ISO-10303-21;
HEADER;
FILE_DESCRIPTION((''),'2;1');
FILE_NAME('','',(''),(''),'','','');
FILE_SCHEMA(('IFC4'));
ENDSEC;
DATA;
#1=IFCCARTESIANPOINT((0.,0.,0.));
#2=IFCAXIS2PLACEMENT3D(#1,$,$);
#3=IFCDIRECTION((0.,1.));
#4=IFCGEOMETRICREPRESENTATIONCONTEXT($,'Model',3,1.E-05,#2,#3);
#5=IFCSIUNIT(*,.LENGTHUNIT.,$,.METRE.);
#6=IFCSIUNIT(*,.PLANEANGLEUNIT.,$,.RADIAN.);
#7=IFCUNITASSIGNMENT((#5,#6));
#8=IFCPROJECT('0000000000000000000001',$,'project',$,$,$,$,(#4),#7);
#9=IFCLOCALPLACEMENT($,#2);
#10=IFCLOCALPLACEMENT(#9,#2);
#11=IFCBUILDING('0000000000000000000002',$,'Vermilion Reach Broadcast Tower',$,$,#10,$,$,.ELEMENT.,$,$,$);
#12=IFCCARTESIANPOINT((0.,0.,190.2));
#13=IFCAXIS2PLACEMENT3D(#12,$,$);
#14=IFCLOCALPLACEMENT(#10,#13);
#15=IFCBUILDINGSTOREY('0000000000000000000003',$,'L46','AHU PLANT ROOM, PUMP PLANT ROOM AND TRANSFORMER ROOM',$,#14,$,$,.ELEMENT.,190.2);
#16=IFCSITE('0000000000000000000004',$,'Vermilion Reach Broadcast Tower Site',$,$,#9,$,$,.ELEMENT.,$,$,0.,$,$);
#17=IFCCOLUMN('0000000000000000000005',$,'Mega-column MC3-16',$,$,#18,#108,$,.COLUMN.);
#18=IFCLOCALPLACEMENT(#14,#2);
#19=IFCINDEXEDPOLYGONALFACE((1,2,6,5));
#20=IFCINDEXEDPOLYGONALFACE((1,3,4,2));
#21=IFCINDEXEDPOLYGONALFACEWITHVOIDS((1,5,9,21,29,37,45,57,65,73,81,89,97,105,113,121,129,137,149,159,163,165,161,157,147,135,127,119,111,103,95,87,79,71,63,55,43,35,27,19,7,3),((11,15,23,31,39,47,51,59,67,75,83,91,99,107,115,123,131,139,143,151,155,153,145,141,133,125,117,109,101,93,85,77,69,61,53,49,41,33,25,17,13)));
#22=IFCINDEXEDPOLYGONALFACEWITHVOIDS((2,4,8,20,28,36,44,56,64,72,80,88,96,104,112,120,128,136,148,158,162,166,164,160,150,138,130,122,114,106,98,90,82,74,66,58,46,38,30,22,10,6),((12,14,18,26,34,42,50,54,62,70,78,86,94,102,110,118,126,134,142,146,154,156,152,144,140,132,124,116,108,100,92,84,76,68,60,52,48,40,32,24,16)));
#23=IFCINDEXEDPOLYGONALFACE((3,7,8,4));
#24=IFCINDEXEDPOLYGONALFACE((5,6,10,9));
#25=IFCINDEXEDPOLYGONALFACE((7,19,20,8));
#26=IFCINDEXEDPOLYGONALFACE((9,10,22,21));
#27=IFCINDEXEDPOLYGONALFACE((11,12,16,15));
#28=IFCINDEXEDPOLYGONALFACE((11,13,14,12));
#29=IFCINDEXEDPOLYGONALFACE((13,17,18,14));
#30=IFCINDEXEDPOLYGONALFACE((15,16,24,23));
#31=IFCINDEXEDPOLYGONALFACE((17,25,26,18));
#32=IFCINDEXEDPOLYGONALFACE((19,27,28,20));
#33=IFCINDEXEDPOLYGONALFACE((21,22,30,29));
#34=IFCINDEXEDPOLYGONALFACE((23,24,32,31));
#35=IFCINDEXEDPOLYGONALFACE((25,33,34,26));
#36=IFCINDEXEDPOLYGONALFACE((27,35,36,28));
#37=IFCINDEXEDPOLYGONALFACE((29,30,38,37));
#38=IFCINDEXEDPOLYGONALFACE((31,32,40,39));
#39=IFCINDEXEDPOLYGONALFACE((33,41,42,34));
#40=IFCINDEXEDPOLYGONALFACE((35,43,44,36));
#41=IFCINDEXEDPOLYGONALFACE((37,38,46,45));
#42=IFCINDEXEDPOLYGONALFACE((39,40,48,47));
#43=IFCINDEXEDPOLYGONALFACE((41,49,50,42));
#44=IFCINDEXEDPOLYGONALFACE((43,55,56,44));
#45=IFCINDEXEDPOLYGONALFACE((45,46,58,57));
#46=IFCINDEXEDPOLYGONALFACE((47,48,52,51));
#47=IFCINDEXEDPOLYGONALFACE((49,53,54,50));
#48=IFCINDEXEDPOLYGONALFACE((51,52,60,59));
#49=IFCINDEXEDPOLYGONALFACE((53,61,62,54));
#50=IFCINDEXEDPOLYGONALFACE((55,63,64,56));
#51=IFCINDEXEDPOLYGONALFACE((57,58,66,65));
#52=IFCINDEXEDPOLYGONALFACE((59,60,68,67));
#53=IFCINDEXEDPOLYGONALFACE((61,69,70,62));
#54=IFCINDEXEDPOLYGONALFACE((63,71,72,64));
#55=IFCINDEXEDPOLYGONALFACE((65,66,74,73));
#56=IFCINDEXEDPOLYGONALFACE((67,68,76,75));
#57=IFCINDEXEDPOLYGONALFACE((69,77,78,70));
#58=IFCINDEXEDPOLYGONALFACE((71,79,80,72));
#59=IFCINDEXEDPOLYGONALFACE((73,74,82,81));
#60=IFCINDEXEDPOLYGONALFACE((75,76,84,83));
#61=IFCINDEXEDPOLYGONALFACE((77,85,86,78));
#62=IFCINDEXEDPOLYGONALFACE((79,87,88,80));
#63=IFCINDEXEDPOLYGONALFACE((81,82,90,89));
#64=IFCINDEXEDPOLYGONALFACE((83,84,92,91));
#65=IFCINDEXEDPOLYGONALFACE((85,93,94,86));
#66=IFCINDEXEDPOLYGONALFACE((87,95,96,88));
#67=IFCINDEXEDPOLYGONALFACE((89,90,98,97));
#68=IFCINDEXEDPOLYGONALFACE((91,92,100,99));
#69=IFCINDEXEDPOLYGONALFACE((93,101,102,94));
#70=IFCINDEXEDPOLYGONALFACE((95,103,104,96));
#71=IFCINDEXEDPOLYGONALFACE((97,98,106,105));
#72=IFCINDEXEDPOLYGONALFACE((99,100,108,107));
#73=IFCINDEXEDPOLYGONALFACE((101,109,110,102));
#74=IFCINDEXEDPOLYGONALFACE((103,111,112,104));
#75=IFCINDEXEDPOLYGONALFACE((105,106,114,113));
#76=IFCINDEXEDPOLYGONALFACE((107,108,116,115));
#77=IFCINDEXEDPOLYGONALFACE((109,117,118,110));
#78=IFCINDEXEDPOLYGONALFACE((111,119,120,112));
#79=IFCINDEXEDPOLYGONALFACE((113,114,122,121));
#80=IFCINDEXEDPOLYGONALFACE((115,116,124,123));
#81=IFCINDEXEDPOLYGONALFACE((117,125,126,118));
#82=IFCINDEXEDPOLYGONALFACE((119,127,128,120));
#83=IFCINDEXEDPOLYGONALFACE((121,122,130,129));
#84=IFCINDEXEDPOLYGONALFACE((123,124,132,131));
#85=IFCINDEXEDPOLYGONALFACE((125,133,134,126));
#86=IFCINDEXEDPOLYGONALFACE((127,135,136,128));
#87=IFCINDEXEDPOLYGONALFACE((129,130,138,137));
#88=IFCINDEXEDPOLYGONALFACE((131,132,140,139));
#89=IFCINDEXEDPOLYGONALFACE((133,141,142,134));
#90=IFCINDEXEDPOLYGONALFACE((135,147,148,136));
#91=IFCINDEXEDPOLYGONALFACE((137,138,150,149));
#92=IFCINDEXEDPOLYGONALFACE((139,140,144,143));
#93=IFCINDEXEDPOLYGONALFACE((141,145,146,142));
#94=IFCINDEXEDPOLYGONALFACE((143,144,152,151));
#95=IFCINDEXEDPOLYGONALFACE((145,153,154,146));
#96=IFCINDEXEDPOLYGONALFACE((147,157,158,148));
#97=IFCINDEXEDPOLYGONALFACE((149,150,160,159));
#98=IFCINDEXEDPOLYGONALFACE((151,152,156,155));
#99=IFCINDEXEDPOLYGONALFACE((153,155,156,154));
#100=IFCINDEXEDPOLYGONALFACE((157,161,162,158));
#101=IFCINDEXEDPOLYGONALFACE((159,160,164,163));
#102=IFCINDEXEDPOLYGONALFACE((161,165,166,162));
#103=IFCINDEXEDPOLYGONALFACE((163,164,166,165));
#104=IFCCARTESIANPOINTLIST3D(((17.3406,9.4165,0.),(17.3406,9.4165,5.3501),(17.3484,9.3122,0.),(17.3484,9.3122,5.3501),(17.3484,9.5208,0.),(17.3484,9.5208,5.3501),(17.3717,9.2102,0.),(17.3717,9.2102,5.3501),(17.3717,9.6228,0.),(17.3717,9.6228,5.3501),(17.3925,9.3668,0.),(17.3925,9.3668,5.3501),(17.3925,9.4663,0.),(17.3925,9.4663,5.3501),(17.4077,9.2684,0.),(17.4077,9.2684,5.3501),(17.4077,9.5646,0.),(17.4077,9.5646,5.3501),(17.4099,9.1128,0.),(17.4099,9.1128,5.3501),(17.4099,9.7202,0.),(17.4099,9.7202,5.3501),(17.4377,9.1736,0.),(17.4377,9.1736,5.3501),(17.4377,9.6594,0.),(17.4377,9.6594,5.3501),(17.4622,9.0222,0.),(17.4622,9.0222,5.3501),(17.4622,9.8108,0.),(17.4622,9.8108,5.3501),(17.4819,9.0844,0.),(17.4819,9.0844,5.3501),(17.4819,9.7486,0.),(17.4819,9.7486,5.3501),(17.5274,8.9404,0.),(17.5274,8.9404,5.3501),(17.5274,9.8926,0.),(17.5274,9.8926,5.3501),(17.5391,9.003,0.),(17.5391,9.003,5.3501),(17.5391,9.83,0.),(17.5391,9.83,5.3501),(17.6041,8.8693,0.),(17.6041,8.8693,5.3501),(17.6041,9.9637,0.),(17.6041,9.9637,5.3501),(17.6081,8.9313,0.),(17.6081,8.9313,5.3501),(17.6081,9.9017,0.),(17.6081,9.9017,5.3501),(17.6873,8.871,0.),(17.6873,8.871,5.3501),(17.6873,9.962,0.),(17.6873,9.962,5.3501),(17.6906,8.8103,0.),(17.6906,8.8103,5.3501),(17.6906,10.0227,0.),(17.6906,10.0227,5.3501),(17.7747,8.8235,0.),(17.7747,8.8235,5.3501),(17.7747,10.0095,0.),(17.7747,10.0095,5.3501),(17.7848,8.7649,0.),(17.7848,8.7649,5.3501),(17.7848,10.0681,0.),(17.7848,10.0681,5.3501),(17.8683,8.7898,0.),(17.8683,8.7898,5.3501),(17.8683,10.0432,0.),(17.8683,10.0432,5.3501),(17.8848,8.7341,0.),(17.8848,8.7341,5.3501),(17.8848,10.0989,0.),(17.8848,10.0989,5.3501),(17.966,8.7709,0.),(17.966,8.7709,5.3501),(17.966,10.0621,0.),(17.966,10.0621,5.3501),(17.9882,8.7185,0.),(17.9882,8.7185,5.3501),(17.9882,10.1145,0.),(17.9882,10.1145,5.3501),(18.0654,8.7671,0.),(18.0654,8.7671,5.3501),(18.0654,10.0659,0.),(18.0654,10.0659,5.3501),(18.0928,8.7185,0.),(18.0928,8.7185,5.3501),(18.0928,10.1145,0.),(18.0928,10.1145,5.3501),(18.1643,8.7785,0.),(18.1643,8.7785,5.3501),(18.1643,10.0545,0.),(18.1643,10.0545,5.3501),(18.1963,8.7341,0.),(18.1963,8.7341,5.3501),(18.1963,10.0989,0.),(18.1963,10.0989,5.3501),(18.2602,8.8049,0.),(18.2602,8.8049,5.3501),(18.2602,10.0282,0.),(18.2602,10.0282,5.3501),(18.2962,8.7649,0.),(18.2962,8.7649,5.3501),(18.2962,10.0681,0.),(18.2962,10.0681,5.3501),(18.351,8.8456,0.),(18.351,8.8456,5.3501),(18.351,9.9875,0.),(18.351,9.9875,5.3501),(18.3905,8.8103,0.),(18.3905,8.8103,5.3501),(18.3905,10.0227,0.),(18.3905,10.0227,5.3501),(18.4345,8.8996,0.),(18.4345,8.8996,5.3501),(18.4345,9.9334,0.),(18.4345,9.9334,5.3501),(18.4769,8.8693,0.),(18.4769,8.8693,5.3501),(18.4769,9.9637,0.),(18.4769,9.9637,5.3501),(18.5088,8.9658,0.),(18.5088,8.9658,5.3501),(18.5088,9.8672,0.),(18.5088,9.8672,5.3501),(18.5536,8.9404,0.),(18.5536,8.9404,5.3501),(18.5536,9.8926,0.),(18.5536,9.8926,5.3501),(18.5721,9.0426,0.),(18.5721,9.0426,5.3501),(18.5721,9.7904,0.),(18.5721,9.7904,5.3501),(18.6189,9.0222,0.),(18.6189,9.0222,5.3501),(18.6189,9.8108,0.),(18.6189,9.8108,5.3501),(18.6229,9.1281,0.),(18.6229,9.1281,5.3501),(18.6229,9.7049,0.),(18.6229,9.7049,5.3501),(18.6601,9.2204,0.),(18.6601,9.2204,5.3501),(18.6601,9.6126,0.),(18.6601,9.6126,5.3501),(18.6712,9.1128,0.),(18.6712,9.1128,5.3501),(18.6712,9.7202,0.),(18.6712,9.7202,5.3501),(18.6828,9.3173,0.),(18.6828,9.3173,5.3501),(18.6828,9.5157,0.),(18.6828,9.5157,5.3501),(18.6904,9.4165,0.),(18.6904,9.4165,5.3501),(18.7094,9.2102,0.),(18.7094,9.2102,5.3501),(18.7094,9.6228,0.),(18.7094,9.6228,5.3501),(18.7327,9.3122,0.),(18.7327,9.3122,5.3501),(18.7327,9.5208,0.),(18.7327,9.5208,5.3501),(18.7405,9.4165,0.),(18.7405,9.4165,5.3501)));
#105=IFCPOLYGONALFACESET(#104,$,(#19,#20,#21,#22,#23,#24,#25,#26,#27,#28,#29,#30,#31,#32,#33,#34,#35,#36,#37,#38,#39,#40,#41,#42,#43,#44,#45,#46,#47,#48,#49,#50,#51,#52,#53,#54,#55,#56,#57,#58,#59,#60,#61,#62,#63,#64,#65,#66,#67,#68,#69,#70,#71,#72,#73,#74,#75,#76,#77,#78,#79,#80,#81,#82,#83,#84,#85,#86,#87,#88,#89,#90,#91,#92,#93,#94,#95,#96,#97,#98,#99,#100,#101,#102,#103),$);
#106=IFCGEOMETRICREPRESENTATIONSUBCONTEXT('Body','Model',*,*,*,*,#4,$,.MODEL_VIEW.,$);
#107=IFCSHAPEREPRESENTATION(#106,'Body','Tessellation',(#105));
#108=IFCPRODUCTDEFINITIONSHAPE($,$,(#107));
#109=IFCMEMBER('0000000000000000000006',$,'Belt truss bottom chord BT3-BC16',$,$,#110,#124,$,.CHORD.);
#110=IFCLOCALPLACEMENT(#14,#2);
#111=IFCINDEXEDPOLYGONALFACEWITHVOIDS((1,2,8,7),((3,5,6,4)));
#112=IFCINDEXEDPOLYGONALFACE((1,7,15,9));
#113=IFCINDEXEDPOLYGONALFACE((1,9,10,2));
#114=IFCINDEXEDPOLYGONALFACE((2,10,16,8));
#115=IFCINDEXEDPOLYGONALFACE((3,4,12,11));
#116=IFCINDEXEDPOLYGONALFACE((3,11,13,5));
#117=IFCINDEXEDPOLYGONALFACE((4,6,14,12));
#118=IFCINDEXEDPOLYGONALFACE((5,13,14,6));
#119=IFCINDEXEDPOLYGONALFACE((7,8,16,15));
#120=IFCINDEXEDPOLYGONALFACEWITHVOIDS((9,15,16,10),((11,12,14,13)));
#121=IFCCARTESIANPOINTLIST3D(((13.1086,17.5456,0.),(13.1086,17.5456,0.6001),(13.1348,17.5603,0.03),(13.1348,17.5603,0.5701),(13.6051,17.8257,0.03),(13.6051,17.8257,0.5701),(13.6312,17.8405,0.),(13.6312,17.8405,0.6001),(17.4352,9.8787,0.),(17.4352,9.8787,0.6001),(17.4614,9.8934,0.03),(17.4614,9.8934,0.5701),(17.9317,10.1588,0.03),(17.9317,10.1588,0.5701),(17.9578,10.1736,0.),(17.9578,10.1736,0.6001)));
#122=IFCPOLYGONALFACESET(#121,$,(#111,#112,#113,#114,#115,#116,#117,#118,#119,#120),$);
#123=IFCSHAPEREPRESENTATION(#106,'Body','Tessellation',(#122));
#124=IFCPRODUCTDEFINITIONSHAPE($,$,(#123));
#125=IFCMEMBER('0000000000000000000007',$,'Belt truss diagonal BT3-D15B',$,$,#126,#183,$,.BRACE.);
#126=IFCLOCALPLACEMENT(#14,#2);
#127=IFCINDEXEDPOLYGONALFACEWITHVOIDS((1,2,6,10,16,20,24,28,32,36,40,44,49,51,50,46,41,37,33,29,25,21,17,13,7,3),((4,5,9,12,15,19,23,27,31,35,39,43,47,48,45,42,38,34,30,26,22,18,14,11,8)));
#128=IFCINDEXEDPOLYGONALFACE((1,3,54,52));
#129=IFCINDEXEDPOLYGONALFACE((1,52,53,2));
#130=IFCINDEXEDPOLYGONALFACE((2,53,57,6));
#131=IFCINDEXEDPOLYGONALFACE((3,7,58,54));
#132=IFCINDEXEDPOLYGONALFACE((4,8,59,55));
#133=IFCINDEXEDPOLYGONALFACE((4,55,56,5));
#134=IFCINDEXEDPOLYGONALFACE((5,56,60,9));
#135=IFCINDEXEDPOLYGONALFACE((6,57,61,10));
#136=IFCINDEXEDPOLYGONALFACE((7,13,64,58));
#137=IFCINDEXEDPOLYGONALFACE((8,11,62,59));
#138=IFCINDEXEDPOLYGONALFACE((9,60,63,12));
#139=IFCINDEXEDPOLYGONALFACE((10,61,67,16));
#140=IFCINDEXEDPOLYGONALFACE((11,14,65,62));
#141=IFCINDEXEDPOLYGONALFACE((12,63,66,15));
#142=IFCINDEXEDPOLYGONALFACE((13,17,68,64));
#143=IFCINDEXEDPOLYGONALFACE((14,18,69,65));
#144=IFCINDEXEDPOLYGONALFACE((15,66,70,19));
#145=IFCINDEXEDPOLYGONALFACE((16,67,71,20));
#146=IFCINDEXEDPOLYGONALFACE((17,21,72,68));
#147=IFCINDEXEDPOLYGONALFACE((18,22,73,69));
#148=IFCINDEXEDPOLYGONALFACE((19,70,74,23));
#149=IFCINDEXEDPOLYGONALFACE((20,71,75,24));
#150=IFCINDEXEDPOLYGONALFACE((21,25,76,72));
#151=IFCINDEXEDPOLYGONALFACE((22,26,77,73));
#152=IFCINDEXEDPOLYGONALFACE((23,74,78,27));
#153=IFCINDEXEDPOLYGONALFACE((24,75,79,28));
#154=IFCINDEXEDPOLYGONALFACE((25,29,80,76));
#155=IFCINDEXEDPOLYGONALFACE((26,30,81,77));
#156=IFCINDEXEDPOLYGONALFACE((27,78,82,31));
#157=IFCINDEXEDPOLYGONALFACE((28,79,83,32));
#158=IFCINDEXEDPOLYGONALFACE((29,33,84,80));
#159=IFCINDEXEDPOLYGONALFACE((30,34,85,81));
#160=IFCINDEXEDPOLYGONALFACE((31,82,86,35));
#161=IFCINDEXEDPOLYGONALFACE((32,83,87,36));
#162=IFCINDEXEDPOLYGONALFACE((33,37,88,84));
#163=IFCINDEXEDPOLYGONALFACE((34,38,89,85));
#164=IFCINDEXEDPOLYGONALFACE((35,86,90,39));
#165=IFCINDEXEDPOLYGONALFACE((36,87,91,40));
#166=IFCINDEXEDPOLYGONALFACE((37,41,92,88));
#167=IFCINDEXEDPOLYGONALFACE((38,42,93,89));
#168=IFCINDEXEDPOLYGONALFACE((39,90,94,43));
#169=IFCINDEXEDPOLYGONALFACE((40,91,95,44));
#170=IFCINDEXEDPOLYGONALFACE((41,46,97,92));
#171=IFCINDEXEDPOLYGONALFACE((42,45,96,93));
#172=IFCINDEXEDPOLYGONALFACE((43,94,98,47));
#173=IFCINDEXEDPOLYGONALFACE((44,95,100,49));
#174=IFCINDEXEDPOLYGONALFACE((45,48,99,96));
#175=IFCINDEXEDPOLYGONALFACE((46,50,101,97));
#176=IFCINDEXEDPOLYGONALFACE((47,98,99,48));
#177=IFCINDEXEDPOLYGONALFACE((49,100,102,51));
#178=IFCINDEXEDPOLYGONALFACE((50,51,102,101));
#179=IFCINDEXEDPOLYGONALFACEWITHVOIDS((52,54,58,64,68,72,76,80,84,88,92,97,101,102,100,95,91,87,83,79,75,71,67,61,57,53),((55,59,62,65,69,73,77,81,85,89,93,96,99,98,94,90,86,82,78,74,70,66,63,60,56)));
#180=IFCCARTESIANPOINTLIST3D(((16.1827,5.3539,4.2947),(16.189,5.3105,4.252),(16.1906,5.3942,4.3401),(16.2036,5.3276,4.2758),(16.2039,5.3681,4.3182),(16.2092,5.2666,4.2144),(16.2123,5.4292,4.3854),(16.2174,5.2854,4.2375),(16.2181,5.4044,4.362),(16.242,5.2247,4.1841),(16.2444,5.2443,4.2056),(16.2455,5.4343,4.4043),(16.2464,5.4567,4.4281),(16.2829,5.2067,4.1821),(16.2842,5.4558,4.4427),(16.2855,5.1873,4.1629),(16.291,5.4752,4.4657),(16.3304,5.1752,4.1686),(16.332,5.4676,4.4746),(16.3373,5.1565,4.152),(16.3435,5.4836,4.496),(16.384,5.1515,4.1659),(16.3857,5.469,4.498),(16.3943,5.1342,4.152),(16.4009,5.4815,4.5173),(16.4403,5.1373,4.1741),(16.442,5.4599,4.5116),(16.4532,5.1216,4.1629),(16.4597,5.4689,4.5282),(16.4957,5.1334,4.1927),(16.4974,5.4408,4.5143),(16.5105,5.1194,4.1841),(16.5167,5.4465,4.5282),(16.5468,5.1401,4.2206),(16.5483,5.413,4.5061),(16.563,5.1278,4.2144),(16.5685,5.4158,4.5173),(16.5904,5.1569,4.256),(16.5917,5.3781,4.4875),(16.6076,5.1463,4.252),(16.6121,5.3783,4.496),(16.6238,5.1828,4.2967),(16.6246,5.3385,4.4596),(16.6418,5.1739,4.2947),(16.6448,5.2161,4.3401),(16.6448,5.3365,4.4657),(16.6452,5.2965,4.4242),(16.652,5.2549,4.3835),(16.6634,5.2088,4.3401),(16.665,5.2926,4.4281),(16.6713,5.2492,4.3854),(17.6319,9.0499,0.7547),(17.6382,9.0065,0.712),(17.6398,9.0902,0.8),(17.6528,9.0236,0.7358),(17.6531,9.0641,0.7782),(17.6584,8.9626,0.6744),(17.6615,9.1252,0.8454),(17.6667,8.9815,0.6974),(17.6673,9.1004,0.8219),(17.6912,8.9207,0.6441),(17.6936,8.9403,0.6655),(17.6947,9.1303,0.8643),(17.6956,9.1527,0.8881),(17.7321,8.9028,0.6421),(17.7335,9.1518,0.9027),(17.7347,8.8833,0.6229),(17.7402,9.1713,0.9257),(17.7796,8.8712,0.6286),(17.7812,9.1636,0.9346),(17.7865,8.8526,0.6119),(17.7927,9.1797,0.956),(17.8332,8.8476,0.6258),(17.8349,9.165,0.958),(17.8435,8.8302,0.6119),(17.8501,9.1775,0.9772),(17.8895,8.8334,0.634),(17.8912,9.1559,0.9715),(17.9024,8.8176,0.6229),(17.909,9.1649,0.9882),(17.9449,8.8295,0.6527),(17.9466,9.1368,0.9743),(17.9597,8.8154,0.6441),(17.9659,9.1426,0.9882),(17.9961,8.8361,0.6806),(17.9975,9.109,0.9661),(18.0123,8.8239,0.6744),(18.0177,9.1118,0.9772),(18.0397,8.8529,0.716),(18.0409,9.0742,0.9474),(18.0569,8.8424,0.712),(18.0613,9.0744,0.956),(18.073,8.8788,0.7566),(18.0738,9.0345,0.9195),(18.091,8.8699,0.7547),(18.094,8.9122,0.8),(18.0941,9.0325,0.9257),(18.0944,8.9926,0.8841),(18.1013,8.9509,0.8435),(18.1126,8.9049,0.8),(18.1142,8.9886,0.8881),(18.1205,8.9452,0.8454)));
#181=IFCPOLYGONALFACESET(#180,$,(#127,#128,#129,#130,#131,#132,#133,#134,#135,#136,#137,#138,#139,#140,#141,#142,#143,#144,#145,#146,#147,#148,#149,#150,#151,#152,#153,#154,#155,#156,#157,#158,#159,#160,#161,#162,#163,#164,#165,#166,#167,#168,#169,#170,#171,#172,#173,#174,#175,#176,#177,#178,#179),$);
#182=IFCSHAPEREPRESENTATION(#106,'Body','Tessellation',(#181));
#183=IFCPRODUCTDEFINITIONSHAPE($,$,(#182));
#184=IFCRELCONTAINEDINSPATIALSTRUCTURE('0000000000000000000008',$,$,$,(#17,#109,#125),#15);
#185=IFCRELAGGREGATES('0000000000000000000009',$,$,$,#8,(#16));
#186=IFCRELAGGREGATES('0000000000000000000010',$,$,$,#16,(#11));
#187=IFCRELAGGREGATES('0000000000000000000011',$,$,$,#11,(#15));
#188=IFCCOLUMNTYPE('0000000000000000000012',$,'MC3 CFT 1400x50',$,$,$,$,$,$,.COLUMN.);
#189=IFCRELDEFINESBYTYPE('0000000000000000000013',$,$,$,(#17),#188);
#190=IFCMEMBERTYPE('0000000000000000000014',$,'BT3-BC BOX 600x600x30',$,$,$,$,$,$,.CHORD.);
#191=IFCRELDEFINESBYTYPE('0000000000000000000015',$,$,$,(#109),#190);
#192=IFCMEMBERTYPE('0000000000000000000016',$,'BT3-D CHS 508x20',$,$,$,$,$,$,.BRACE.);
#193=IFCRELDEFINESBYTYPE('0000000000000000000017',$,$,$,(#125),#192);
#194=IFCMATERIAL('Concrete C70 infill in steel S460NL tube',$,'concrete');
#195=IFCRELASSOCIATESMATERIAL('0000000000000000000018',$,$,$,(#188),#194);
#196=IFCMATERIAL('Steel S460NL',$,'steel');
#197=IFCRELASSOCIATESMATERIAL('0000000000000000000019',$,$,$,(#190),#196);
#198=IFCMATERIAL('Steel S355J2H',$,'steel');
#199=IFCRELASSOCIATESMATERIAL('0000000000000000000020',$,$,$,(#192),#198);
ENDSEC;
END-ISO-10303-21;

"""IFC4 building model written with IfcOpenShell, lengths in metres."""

from ifc_helpers import new_model, si_unit, direction, frame, origin, origin_2d, place, context, subcontext, project, spatial, hollow_rectangle, hollow_circle, extrude, material, material_profile, profile_set, type_object, element, save


model = new_model("IFC4")

# Units and contexts
model_context = context("Model", 3, precision=1e-05, world=origin(), true_north=direction((0.0, 1.0)))
body_context = subcontext(model_context, "Body", "Model", "MODEL_VIEW")
ifc_project = project(units=[si_unit("LENGTHUNIT", "METRE"), si_unit("PLANEANGLEUNIT", "RADIAN")], contexts=[model_context])

# Site, building, storey
site_placement = place(None, origin())
site = spatial("IfcSite", under=ifc_project, at=site_placement, Name="Vermilion Reach Broadcast Tower Site", CompositionType="ELEMENT", RefElevation=0.0)
building_placement = place(site_placement, origin())
building = spatial("IfcBuilding", under=site, at=building_placement, Name="Vermilion Reach Broadcast Tower", CompositionType="ELEMENT")
storey_placement = place(building_placement, frame((0.0, 0.0, 190.2)))
storey = spatial("IfcBuildingStorey", under=building, at=storey_placement, Name="L46", Description="AHU PLANT ROOM, PUMP PLANT ROOM AND TRANSFORMER ROOM", CompositionType="ELEMENT", Elevation=190.2)

# Column
ifc_material_1 = material(Name="Concrete C70 infill in steel S460NL tube", Category="concrete")
ifc_material_profile_1 = material_profile(ifc_material_1, hollow_circle(Radius=0.7, WallThickness=0.05, at=origin_2d()), Name="Concrete C70 infill in steel S460NL tube CFT 1400x50")
ifc_profile_set_1 = profile_set([ifc_material_profile_1], Name="Concrete C70 infill in steel S460NL tube")
column_type = type_object("IfcColumnType", Name="MC3 CFT 1400x50", PredefinedType="COLUMN", material=ifc_profile_set_1)
column_placement = place(storey_placement, frame((18.0405, 9.4165, 0.0), z_axis=(0.0, 0.0, 1.0), x_axis=(1.0, 0.0, 0.0)))
element("IfcColumn", 1, at=column_placement, inside=storey, type_object=column_type, Name="Mega-column MC3-16", PredefinedType="COLUMN", context=body_context, shape_type="SweptSolid", body=[
    extrude(hollow_circle(Radius=0.7, WallThickness=0.05, at=origin_2d()), origin(), (0.0, 0.0, 1.0), 5.3501),
])

# Members
ifc_material_2 = material(Name="Steel S460NL", Category="steel")
ifc_material_profile_2 = material_profile(ifc_material_2, hollow_rectangle(XDim=0.6001, YDim=0.6001, WallThickness=0.03, at=origin_2d()), Name="S460NL BOX 600x600x30")
ifc_profile_set_2 = profile_set([ifc_material_profile_2], Name="Steel S460NL")
member_type_1 = type_object("IfcMemberType", Name="BT3-BC BOX 600x600x30", PredefinedType="CHORD", material=ifc_profile_set_2)
member_1_placement = place(storey_placement, frame((17.6965, 10.0261, 0.3), z_axis=(-0.491467, 0.870896, 0.0), x_axis=(-0.870896, -0.491467, 0.0)))
element("IfcMember", 2, at=member_1_placement, inside=storey, type_object=member_type_1, Name="Belt truss bottom chord BT3-BC16", PredefinedType="CHORD", context=body_context, shape_type="SweptSolid", body=[
    extrude(hollow_rectangle(XDim=0.6001, YDim=0.6001, WallThickness=0.03, at=origin_2d()), origin(), (0.0, 0.0, 1.0), 8.8035),
])
ifc_material_3 = material(Name="Steel S355J2H", Category="steel")
ifc_material_profile_3 = material_profile(ifc_material_3, hollow_circle(Radius=0.2539, WallThickness=0.02, at=origin_2d()), Name="S355J2H CHS 508x20")
ifc_profile_set_3 = profile_set([ifc_material_profile_3], Name="Steel S355J2H")
member_type_2 = type_object("IfcMemberType", Name="BT3-D CHS 508x20", PredefinedType="BRACE", material=ifc_profile_set_3)
member_2_placement = place(storey_placement, frame((17.8762, 8.9976, 0.8), z_axis=(-0.272455, -0.694862, 0.665533), x_axis=(0.930991, -0.365042, 0.0)))
element("IfcMember", 3, at=member_2_placement, inside=storey, type_object=member_type_2, Name="Belt truss diagonal BT3-D15B", PredefinedType="BRACE", context=body_context, shape_type="SweptSolid", body=[
    extrude(hollow_circle(Radius=0.2539, WallThickness=0.02, at=origin_2d()), origin(), (0.0, 0.0, 1.0), 5.3191),
])

save(model, "model.ifc")
